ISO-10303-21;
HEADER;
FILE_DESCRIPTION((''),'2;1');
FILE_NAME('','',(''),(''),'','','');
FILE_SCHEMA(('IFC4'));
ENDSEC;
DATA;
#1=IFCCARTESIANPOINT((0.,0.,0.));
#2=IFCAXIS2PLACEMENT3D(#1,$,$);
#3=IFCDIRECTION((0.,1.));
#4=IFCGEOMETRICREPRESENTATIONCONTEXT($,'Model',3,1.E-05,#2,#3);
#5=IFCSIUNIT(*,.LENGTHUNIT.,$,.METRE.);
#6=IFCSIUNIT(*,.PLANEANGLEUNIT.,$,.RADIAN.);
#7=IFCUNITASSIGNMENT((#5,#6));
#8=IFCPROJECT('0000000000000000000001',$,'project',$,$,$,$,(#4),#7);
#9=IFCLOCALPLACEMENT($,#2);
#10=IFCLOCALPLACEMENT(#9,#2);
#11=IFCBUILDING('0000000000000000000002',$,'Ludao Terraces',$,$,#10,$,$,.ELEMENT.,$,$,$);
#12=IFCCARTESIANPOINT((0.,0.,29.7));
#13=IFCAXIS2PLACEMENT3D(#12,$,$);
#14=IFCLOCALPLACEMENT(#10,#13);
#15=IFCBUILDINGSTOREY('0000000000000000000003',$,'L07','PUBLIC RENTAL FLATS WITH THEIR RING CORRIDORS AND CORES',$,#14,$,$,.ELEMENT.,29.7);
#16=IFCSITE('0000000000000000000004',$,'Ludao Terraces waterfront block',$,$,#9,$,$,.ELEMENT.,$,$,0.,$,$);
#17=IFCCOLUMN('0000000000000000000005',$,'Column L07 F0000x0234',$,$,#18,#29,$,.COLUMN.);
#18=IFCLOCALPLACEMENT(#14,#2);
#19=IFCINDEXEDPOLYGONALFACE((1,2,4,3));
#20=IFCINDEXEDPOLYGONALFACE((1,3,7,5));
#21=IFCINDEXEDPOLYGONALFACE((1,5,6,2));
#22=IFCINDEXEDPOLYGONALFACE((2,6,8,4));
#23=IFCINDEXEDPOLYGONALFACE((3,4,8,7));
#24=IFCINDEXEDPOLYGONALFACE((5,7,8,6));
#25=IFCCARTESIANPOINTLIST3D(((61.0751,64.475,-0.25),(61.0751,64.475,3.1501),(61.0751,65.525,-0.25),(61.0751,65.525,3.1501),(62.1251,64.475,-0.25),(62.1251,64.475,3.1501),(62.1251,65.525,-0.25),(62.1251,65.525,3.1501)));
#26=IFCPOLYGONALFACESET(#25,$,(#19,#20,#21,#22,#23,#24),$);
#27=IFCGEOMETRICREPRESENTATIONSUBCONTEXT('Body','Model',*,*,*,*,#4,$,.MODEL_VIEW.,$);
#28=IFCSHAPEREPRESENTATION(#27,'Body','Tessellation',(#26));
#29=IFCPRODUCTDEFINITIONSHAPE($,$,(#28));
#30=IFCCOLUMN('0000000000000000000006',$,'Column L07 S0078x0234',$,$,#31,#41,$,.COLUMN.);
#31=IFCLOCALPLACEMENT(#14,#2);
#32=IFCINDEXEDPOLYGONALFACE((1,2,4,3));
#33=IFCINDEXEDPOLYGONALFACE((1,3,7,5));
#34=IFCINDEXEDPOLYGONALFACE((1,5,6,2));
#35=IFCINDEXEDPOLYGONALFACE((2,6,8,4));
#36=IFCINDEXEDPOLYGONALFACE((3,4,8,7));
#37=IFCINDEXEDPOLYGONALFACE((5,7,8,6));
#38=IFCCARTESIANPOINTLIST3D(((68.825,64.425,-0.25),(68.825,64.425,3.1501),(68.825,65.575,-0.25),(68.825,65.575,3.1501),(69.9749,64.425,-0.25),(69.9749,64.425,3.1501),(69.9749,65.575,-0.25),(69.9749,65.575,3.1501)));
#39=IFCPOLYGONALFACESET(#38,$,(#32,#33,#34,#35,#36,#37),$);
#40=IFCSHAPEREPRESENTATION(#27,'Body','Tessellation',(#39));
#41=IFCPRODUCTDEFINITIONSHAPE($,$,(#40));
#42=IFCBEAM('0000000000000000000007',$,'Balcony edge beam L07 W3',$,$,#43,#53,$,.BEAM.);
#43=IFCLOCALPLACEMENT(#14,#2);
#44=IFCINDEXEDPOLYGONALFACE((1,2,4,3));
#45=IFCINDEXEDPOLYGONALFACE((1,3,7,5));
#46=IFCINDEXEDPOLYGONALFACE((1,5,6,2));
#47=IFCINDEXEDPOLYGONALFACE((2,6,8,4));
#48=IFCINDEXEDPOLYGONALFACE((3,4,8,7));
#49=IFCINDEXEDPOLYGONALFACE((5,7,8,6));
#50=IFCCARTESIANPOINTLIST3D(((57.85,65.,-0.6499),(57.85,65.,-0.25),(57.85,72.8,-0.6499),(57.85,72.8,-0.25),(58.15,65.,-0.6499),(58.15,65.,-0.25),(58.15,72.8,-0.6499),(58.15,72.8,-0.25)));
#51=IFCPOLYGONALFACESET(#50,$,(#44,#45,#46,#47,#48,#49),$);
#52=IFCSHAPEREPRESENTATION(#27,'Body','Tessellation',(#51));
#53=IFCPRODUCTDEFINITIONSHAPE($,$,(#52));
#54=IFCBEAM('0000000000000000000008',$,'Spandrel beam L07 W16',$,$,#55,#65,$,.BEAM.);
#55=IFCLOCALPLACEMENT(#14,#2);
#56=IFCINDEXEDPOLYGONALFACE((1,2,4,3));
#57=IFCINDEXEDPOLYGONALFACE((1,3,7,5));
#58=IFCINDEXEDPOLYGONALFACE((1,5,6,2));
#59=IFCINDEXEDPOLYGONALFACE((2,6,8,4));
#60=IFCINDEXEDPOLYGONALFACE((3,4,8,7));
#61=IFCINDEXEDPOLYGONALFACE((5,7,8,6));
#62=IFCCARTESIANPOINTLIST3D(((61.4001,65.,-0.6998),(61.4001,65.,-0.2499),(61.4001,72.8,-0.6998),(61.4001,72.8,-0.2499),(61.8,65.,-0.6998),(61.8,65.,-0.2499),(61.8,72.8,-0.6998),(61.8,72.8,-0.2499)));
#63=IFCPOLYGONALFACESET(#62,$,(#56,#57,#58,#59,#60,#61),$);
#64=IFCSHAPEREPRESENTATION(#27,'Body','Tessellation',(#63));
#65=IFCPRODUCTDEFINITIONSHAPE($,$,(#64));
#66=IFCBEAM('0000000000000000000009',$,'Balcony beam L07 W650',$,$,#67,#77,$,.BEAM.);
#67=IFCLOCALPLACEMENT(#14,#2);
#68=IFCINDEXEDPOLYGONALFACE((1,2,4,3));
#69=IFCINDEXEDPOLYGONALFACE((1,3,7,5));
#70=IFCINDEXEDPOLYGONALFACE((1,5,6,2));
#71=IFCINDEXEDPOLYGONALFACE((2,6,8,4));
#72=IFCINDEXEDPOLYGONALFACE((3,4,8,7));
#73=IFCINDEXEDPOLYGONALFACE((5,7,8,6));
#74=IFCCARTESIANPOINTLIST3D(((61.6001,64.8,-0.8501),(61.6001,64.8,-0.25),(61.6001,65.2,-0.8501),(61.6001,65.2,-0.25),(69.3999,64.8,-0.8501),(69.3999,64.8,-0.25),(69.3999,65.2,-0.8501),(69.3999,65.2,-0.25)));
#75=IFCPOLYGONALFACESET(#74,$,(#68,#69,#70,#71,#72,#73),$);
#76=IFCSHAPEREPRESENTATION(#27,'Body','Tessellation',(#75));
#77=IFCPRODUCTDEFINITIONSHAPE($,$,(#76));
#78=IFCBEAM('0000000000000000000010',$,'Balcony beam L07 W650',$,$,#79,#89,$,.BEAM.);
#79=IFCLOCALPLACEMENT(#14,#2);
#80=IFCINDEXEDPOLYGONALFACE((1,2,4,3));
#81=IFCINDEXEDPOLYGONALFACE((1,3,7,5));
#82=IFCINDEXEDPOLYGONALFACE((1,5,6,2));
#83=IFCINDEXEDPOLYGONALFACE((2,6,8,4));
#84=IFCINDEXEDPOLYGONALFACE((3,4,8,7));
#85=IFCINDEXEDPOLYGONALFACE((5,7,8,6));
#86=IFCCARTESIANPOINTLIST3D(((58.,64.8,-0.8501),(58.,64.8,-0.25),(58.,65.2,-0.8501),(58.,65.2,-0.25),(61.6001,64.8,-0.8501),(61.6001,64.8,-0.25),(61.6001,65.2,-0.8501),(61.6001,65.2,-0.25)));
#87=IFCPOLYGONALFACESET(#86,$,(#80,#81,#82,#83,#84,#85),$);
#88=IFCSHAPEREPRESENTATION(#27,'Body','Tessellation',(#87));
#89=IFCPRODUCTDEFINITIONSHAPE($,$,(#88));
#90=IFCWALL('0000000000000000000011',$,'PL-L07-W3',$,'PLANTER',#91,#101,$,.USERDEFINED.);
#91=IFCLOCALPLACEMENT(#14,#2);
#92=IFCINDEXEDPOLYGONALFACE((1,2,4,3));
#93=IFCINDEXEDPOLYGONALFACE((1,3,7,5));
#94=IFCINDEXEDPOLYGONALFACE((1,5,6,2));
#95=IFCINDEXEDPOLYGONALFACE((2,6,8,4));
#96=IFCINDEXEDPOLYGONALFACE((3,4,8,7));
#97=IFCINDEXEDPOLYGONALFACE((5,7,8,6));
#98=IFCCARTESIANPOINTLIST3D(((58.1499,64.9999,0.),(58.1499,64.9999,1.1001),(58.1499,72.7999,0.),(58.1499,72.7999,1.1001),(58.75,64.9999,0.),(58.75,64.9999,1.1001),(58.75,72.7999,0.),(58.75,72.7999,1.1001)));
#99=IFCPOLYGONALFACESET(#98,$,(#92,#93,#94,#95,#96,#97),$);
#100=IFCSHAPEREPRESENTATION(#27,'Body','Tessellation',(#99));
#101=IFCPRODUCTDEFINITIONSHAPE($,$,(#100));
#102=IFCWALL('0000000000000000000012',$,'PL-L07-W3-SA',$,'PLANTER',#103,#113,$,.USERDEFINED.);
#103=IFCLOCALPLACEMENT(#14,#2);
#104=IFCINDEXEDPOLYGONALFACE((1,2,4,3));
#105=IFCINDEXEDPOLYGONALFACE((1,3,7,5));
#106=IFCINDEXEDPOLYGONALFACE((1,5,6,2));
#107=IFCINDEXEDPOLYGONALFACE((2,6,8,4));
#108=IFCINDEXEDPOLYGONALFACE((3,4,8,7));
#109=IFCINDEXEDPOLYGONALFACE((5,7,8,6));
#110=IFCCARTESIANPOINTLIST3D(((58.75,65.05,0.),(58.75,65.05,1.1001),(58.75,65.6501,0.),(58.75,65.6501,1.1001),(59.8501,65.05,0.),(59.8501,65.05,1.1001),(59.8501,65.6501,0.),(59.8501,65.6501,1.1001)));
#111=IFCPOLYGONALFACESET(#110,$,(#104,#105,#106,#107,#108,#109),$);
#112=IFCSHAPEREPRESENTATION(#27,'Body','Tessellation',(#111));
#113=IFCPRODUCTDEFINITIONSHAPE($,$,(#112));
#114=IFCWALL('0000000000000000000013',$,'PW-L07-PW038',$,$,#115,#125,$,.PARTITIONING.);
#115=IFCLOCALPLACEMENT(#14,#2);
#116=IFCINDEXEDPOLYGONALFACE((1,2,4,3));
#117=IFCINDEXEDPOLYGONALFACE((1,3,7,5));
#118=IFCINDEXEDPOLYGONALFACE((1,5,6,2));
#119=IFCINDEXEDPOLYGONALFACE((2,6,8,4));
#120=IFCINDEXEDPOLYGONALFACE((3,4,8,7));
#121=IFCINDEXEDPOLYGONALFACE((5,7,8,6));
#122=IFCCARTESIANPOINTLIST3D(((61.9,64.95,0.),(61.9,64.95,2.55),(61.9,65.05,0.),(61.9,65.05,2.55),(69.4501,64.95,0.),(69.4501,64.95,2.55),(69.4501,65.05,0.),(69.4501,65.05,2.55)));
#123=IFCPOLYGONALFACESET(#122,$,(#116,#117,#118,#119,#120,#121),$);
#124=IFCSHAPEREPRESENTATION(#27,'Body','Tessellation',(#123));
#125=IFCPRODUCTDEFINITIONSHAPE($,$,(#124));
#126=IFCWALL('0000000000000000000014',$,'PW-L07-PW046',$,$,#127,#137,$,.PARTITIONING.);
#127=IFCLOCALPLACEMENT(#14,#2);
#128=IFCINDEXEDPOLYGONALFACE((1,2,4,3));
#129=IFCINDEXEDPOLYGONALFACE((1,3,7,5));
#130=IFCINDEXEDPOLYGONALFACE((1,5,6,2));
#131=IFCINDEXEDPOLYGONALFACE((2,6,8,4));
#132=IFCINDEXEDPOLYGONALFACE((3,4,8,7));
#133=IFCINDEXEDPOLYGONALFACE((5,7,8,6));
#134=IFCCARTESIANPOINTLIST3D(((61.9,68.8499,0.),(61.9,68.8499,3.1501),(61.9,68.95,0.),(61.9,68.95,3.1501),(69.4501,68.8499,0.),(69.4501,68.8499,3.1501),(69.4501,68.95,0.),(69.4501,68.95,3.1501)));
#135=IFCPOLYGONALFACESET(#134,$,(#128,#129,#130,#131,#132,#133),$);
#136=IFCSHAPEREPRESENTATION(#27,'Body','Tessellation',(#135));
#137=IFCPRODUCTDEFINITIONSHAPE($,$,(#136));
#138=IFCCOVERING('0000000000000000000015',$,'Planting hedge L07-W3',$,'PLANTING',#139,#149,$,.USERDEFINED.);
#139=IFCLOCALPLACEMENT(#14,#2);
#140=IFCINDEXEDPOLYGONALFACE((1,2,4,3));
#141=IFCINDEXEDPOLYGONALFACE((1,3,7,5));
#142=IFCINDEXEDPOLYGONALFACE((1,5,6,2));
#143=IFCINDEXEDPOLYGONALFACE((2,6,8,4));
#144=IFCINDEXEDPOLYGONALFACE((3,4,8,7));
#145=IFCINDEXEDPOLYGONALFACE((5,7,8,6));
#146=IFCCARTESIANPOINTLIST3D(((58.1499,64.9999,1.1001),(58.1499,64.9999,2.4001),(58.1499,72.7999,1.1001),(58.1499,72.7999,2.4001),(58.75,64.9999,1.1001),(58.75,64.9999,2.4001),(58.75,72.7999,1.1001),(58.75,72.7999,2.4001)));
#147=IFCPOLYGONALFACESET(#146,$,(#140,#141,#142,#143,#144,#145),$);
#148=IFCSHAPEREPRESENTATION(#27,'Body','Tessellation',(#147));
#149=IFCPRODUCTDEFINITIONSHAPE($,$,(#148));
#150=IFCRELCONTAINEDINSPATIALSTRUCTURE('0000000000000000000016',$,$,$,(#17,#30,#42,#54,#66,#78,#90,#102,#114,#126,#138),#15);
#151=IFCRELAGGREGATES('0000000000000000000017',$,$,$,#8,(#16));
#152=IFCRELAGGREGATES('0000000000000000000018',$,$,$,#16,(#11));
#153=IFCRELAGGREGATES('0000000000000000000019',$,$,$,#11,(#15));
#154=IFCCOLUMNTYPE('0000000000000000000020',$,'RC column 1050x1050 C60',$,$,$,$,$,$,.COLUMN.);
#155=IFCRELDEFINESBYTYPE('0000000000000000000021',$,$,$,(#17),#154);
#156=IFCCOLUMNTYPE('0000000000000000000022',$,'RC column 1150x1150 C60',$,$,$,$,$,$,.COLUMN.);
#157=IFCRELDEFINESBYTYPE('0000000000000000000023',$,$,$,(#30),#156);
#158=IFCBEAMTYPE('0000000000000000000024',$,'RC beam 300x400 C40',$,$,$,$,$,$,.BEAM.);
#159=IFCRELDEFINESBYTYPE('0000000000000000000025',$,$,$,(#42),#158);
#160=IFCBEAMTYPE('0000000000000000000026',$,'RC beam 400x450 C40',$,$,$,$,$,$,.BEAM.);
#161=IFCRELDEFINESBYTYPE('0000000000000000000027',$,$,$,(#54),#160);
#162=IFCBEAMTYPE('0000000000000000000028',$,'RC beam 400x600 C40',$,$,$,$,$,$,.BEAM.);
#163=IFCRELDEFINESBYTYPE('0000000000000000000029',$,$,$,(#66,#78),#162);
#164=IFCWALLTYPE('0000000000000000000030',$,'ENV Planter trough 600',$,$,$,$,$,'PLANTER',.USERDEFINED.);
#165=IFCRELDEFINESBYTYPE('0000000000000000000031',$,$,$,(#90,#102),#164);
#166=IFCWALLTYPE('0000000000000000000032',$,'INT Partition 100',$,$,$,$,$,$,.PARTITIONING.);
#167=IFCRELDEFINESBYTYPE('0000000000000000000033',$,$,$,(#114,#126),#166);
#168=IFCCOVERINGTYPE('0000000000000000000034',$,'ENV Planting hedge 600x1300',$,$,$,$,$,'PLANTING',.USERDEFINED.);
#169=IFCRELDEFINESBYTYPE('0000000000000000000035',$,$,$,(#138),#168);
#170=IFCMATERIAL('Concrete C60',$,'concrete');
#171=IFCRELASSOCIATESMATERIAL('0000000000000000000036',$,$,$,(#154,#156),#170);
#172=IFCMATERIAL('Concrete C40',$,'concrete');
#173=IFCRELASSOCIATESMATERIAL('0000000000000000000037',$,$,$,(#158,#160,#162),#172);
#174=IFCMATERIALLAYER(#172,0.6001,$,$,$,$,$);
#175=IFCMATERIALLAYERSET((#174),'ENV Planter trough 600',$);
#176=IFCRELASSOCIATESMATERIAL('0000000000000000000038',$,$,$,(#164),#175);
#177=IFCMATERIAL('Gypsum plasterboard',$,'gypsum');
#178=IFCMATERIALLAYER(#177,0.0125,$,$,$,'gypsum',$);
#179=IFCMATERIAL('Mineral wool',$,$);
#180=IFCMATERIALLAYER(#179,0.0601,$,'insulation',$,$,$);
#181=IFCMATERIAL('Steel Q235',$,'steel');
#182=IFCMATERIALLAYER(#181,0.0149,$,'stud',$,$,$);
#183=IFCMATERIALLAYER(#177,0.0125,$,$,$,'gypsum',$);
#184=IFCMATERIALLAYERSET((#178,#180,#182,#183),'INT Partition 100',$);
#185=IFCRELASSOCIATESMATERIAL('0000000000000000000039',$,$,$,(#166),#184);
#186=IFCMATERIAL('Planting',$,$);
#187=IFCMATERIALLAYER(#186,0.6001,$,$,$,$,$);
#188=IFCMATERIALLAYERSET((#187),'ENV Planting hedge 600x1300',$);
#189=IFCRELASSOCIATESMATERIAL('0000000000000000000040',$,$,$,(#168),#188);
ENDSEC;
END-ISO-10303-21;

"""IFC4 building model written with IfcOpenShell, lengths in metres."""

from ifc_helpers import new_model, si_unit, direction, frame, frame_2d, origin, origin_2d, place, context, subcontext, project, spatial, rectangle, extrude, material, layer, layer_set, material_profile, profile_set, type_object, element, save


model = new_model("IFC4")

# Units and contexts
model_context = context("Model", 3, precision=1e-05, world=origin(), true_north=direction((0.0, 1.0)))
body_context = subcontext(model_context, "Body", "Model", "MODEL_VIEW")
ifc_project = project(units=[si_unit("LENGTHUNIT", "METRE"), si_unit("PLANEANGLEUNIT", "RADIAN")], contexts=[model_context])

# Site, building, storey
site_placement = place(None, origin())
site = spatial("IfcSite", under=ifc_project, at=site_placement, Name="Ludao Terraces waterfront block", CompositionType="ELEMENT", RefElevation=0.0)
building_placement = place(site_placement, origin())
building = spatial("IfcBuilding", under=site, at=building_placement, Name="Ludao Terraces", CompositionType="ELEMENT")
storey_placement = place(building_placement, frame((0.0, 0.0, 29.7)))
storey = spatial("IfcBuildingStorey", under=building, at=storey_placement, Name="L07", Description="PUBLIC RENTAL FLATS WITH THEIR RING CORRIDORS AND CORES", CompositionType="ELEMENT", Elevation=29.7)

# Columns
ifc_material_1 = material(Name="Concrete C60", Category="concrete")
ifc_material_profile_1 = material_profile(ifc_material_1, rectangle(XDim=1.05, YDim=1.05, at=origin_2d()), Name="1050 X 1050")
ifc_profile_set_1 = profile_set([ifc_material_profile_1], Name="Concrete C60")
column_type_1 = type_object("IfcColumnType", Name="RC column 1050x1050 C60", PredefinedType="COLUMN", material=ifc_profile_set_1)
column_1_placement = place(storey_placement, frame((61.6001, 65.0, -0.25), z_axis=(0.0, 0.0, 1.0), x_axis=(1.0, 0.0, 0.0)))
element("IfcColumn", 1, at=column_1_placement, inside=storey, type_object=column_type_1, Name="Column L07 F0000x0234", PredefinedType="COLUMN", context=body_context, shape_type="SweptSolid", body=[
    extrude(rectangle(XDim=1.05, YDim=1.05, at=origin_2d()), origin(), (0.0, 0.0, 1.0), 3.4001),
])
ifc_material_profile_2 = material_profile(ifc_material_1, rectangle(XDim=1.1499, YDim=1.1499, at=origin_2d()), Name="1150 X 1150")
ifc_profile_set_2 = profile_set([ifc_material_profile_2], Name="Concrete C60")
column_type_2 = type_object("IfcColumnType", Name="RC column 1150x1150 C60", PredefinedType="COLUMN", material=ifc_profile_set_2)
column_2_placement = place(storey_placement, frame((69.3999, 65.0, -0.25), z_axis=(0.0, 0.0, 1.0), x_axis=(1.0, 0.0, 0.0)))
element("IfcColumn", 2, at=column_2_placement, inside=storey, type_object=column_type_2, Name="Column L07 S0078x0234", PredefinedType="COLUMN", context=body_context, shape_type="SweptSolid", body=[
    extrude(rectangle(XDim=1.1499, YDim=1.1499, at=origin_2d()), origin(), (0.0, 0.0, 1.0), 3.4001),
])

# Beams
ifc_material_2 = material(Name="Concrete C40", Category="concrete")
ifc_material_profile_3 = material_profile(ifc_material_2, rectangle(XDim=0.3, YDim=0.3999, at=origin_2d()), Name="300 X 400")
ifc_profile_set_3 = profile_set([ifc_material_profile_3], Name="Concrete C40")
beam_type_1 = type_object("IfcBeamType", Name="RC beam 300x400 C40", PredefinedType="BEAM", material=ifc_profile_set_3)
beam_1_placement = place(storey_placement, frame((58.0, 65.0, -0.45), z_axis=(0.0, 1.0, 0.0), x_axis=(-1.0, 0.0, 0.0)))
element("IfcBeam", 3, at=beam_1_placement, inside=storey, type_object=beam_type_1, Name="Balcony edge beam L07 W3", PredefinedType="BEAM", context=body_context, shape_type="SweptSolid", body=[
    extrude(rectangle(XDim=0.3, YDim=0.3999, at=origin_2d()), origin(), (0.0, 0.0, 1.0), 7.8),
])
ifc_material_profile_4 = material_profile(ifc_material_2, rectangle(XDim=0.3999, YDim=0.45, at=origin_2d()), Name="400 X 450")
ifc_profile_set_4 = profile_set([ifc_material_profile_4], Name="Concrete C40")
beam_type_2 = type_object("IfcBeamType", Name="RC beam 400x450 C40", PredefinedType="BEAM", material=ifc_profile_set_4)
beam_2_placement = place(storey_placement, frame((61.6001, 65.0, -0.4749), z_axis=(0.0, 1.0, 0.0), x_axis=(-1.0, 0.0, 0.0)))
element("IfcBeam", 4, at=beam_2_placement, inside=storey, type_object=beam_type_2, Name="Spandrel beam L07 W16", PredefinedType="BEAM", context=body_context, shape_type="SweptSolid", body=[
    extrude(rectangle(XDim=0.3999, YDim=0.45, at=origin_2d()), origin(), (0.0, 0.0, 1.0), 7.8),
])
ifc_material_profile_5 = material_profile(ifc_material_2, rectangle(XDim=0.3999, YDim=0.6001, at=origin_2d()), Name="400 X 600")
ifc_profile_set_5 = profile_set([ifc_material_profile_5], Name="Concrete C40")
beam_type_3 = type_object("IfcBeamType", Name="RC beam 400x600 C40", PredefinedType="BEAM", material=ifc_profile_set_5)
beam_3_placement = place(storey_placement, frame((69.3999, 65.0, -0.55), z_axis=(-1.0, 0.0, 0.0), x_axis=(0.0, -1.0, 0.0)))
element("IfcBeam", 5, at=beam_3_placement, inside=storey, type_object=beam_type_3, Name="Balcony beam L07 W650", PredefinedType="BEAM", context=body_context, shape_type="SweptSolid", body=[
    extrude(rectangle(XDim=0.3999, YDim=0.6001, at=origin_2d()), origin(), (0.0, 0.0, 1.0), 7.7998),
])
beam_4_placement = place(storey_placement, frame((61.6001, 65.0, -0.55), z_axis=(-1.0, 0.0, 0.0), x_axis=(0.0, -1.0, 0.0)))
element("IfcBeam", 6, at=beam_4_placement, inside=storey, type_object=beam_type_3, Name="Balcony beam L07 W650", PredefinedType="BEAM", context=body_context, shape_type="SweptSolid", body=[
    extrude(rectangle(XDim=0.3999, YDim=0.6001, at=origin_2d()), origin(), (0.0, 0.0, 1.0), 3.6001),
])

# Walls
ifc_layer_1 = layer(ifc_material_2, 0.6001)
ifc_layer_set_1 = layer_set([ifc_layer_1], Name="ENV Planter trough 600")
wall_type_1 = type_object("IfcWallType", Name="ENV Planter trough 600", ElementType="PLANTER", PredefinedType="USERDEFINED", material=ifc_layer_set_1)
wall_1_placement = place(storey_placement, frame((58.45, 65.0, 0.0), z_axis=(0.0, 0.0, 1.0), x_axis=(0.0, 1.0, 0.0)))
element("IfcWall", 7, at=wall_1_placement, inside=storey, type_object=wall_type_1, Name="PL-L07-W3", ObjectType="PLANTER", PredefinedType="USERDEFINED", context=body_context, shape_type="SweptSolid", body=[
    extrude(rectangle(XDim=7.8, YDim=0.6001, at=frame_2d((3.8999, 0.0))), origin(), (0.0, 0.0, 1.0), 1.1001),
])
wall_2_placement = place(storey_placement, frame((58.75, 65.3501, 0.0), z_axis=(0.0, 0.0, 1.0), x_axis=(1.0, 0.0, 0.0)))
element("IfcWall", 8, at=wall_2_placement, inside=storey, type_object=wall_type_1, Name="PL-L07-W3-SA", ObjectType="PLANTER", PredefinedType="USERDEFINED", context=body_context, shape_type="SweptSolid", body=[
    extrude(rectangle(XDim=1.1001, YDim=0.6001, at=frame_2d((0.55, 0.0))), origin(), (0.0, 0.0, 1.0), 1.1001),
])

# Shared definitions
ifc_material_3 = material(Name="Mineral wool")

# Walls
ifc_material_4 = material(Name="Gypsum plasterboard", Category="gypsum")
ifc_layer_2 = layer(ifc_material_4, 0.0125, Category="gypsum")
ifc_layer_3 = layer(ifc_material_3, 0.0601, Name="insulation")
ifc_material_5 = material(Name="Steel Q235", Category="steel")
ifc_layer_4 = layer(ifc_material_5, 0.0149, Name="stud")
ifc_layer_5 = layer(ifc_material_4, 0.0125, Category="gypsum")
ifc_layer_set_2 = layer_set([ifc_layer_2, ifc_layer_3, ifc_layer_4, ifc_layer_5], Name="INT Partition 100")
wall_type_2 = type_object("IfcWallType", Name="INT Partition 100", PredefinedType="PARTITIONING", material=ifc_layer_set_2)
wall_3_placement = place(storey_placement, frame((61.9001, 65.0, 0.0), z_axis=(0.0, 0.0, 1.0), x_axis=(1.0, 0.0, 0.0)))
element("IfcWall", 9, at=wall_3_placement, inside=storey, type_object=wall_type_2, Name="PW-L07-PW038", PredefinedType="PARTITIONING", context=body_context, shape_type="SweptSolid", body=[
    extrude(rectangle(XDim=7.55, YDim=0.1001, at=frame_2d((3.7749, 0.0))), origin(), (0.0, 0.0, 1.0), 2.55),
])
wall_4_placement = place(storey_placement, frame((61.9001, 68.8999, 0.0), z_axis=(0.0, 0.0, 1.0), x_axis=(1.0, 0.0, 0.0)))
element("IfcWall", 10, at=wall_4_placement, inside=storey, type_object=wall_type_2, Name="PW-L07-PW046", PredefinedType="PARTITIONING", context=body_context, shape_type="SweptSolid", body=[
    extrude(rectangle(XDim=7.55, YDim=0.1001, at=frame_2d((3.7749, 0.0))), origin(), (0.0, 0.0, 1.0), 3.1501),
])

# Covering
ifc_material_6 = material(Name="Planting")
ifc_layer_6 = layer(ifc_material_6, 0.6001)
ifc_layer_set_3 = layer_set([ifc_layer_6], Name="ENV Planting hedge 600x1300")
covering_type = type_object("IfcCoveringType", Name="ENV Planting hedge 600x1300", ElementType="PLANTING", PredefinedType="USERDEFINED", material=ifc_layer_set_3)
covering_placement = place(storey_placement, frame((58.45, 68.8999, 1.1001), z_axis=(0.0, 0.0, 1.0), x_axis=(1.0, 0.0, 0.0)))
element("IfcCovering", 11, at=covering_placement, inside=storey, type_object=covering_type, Name="Planting hedge L07-W3", ObjectType="PLANTING", PredefinedType="USERDEFINED", context=body_context, shape_type="SweptSolid", body=[
    extrude(rectangle(XDim=0.6001, YDim=7.8, at=origin_2d()), origin(), (0.0, 0.0, 1.0), 1.3),
])

save(model, "model.ifc")
